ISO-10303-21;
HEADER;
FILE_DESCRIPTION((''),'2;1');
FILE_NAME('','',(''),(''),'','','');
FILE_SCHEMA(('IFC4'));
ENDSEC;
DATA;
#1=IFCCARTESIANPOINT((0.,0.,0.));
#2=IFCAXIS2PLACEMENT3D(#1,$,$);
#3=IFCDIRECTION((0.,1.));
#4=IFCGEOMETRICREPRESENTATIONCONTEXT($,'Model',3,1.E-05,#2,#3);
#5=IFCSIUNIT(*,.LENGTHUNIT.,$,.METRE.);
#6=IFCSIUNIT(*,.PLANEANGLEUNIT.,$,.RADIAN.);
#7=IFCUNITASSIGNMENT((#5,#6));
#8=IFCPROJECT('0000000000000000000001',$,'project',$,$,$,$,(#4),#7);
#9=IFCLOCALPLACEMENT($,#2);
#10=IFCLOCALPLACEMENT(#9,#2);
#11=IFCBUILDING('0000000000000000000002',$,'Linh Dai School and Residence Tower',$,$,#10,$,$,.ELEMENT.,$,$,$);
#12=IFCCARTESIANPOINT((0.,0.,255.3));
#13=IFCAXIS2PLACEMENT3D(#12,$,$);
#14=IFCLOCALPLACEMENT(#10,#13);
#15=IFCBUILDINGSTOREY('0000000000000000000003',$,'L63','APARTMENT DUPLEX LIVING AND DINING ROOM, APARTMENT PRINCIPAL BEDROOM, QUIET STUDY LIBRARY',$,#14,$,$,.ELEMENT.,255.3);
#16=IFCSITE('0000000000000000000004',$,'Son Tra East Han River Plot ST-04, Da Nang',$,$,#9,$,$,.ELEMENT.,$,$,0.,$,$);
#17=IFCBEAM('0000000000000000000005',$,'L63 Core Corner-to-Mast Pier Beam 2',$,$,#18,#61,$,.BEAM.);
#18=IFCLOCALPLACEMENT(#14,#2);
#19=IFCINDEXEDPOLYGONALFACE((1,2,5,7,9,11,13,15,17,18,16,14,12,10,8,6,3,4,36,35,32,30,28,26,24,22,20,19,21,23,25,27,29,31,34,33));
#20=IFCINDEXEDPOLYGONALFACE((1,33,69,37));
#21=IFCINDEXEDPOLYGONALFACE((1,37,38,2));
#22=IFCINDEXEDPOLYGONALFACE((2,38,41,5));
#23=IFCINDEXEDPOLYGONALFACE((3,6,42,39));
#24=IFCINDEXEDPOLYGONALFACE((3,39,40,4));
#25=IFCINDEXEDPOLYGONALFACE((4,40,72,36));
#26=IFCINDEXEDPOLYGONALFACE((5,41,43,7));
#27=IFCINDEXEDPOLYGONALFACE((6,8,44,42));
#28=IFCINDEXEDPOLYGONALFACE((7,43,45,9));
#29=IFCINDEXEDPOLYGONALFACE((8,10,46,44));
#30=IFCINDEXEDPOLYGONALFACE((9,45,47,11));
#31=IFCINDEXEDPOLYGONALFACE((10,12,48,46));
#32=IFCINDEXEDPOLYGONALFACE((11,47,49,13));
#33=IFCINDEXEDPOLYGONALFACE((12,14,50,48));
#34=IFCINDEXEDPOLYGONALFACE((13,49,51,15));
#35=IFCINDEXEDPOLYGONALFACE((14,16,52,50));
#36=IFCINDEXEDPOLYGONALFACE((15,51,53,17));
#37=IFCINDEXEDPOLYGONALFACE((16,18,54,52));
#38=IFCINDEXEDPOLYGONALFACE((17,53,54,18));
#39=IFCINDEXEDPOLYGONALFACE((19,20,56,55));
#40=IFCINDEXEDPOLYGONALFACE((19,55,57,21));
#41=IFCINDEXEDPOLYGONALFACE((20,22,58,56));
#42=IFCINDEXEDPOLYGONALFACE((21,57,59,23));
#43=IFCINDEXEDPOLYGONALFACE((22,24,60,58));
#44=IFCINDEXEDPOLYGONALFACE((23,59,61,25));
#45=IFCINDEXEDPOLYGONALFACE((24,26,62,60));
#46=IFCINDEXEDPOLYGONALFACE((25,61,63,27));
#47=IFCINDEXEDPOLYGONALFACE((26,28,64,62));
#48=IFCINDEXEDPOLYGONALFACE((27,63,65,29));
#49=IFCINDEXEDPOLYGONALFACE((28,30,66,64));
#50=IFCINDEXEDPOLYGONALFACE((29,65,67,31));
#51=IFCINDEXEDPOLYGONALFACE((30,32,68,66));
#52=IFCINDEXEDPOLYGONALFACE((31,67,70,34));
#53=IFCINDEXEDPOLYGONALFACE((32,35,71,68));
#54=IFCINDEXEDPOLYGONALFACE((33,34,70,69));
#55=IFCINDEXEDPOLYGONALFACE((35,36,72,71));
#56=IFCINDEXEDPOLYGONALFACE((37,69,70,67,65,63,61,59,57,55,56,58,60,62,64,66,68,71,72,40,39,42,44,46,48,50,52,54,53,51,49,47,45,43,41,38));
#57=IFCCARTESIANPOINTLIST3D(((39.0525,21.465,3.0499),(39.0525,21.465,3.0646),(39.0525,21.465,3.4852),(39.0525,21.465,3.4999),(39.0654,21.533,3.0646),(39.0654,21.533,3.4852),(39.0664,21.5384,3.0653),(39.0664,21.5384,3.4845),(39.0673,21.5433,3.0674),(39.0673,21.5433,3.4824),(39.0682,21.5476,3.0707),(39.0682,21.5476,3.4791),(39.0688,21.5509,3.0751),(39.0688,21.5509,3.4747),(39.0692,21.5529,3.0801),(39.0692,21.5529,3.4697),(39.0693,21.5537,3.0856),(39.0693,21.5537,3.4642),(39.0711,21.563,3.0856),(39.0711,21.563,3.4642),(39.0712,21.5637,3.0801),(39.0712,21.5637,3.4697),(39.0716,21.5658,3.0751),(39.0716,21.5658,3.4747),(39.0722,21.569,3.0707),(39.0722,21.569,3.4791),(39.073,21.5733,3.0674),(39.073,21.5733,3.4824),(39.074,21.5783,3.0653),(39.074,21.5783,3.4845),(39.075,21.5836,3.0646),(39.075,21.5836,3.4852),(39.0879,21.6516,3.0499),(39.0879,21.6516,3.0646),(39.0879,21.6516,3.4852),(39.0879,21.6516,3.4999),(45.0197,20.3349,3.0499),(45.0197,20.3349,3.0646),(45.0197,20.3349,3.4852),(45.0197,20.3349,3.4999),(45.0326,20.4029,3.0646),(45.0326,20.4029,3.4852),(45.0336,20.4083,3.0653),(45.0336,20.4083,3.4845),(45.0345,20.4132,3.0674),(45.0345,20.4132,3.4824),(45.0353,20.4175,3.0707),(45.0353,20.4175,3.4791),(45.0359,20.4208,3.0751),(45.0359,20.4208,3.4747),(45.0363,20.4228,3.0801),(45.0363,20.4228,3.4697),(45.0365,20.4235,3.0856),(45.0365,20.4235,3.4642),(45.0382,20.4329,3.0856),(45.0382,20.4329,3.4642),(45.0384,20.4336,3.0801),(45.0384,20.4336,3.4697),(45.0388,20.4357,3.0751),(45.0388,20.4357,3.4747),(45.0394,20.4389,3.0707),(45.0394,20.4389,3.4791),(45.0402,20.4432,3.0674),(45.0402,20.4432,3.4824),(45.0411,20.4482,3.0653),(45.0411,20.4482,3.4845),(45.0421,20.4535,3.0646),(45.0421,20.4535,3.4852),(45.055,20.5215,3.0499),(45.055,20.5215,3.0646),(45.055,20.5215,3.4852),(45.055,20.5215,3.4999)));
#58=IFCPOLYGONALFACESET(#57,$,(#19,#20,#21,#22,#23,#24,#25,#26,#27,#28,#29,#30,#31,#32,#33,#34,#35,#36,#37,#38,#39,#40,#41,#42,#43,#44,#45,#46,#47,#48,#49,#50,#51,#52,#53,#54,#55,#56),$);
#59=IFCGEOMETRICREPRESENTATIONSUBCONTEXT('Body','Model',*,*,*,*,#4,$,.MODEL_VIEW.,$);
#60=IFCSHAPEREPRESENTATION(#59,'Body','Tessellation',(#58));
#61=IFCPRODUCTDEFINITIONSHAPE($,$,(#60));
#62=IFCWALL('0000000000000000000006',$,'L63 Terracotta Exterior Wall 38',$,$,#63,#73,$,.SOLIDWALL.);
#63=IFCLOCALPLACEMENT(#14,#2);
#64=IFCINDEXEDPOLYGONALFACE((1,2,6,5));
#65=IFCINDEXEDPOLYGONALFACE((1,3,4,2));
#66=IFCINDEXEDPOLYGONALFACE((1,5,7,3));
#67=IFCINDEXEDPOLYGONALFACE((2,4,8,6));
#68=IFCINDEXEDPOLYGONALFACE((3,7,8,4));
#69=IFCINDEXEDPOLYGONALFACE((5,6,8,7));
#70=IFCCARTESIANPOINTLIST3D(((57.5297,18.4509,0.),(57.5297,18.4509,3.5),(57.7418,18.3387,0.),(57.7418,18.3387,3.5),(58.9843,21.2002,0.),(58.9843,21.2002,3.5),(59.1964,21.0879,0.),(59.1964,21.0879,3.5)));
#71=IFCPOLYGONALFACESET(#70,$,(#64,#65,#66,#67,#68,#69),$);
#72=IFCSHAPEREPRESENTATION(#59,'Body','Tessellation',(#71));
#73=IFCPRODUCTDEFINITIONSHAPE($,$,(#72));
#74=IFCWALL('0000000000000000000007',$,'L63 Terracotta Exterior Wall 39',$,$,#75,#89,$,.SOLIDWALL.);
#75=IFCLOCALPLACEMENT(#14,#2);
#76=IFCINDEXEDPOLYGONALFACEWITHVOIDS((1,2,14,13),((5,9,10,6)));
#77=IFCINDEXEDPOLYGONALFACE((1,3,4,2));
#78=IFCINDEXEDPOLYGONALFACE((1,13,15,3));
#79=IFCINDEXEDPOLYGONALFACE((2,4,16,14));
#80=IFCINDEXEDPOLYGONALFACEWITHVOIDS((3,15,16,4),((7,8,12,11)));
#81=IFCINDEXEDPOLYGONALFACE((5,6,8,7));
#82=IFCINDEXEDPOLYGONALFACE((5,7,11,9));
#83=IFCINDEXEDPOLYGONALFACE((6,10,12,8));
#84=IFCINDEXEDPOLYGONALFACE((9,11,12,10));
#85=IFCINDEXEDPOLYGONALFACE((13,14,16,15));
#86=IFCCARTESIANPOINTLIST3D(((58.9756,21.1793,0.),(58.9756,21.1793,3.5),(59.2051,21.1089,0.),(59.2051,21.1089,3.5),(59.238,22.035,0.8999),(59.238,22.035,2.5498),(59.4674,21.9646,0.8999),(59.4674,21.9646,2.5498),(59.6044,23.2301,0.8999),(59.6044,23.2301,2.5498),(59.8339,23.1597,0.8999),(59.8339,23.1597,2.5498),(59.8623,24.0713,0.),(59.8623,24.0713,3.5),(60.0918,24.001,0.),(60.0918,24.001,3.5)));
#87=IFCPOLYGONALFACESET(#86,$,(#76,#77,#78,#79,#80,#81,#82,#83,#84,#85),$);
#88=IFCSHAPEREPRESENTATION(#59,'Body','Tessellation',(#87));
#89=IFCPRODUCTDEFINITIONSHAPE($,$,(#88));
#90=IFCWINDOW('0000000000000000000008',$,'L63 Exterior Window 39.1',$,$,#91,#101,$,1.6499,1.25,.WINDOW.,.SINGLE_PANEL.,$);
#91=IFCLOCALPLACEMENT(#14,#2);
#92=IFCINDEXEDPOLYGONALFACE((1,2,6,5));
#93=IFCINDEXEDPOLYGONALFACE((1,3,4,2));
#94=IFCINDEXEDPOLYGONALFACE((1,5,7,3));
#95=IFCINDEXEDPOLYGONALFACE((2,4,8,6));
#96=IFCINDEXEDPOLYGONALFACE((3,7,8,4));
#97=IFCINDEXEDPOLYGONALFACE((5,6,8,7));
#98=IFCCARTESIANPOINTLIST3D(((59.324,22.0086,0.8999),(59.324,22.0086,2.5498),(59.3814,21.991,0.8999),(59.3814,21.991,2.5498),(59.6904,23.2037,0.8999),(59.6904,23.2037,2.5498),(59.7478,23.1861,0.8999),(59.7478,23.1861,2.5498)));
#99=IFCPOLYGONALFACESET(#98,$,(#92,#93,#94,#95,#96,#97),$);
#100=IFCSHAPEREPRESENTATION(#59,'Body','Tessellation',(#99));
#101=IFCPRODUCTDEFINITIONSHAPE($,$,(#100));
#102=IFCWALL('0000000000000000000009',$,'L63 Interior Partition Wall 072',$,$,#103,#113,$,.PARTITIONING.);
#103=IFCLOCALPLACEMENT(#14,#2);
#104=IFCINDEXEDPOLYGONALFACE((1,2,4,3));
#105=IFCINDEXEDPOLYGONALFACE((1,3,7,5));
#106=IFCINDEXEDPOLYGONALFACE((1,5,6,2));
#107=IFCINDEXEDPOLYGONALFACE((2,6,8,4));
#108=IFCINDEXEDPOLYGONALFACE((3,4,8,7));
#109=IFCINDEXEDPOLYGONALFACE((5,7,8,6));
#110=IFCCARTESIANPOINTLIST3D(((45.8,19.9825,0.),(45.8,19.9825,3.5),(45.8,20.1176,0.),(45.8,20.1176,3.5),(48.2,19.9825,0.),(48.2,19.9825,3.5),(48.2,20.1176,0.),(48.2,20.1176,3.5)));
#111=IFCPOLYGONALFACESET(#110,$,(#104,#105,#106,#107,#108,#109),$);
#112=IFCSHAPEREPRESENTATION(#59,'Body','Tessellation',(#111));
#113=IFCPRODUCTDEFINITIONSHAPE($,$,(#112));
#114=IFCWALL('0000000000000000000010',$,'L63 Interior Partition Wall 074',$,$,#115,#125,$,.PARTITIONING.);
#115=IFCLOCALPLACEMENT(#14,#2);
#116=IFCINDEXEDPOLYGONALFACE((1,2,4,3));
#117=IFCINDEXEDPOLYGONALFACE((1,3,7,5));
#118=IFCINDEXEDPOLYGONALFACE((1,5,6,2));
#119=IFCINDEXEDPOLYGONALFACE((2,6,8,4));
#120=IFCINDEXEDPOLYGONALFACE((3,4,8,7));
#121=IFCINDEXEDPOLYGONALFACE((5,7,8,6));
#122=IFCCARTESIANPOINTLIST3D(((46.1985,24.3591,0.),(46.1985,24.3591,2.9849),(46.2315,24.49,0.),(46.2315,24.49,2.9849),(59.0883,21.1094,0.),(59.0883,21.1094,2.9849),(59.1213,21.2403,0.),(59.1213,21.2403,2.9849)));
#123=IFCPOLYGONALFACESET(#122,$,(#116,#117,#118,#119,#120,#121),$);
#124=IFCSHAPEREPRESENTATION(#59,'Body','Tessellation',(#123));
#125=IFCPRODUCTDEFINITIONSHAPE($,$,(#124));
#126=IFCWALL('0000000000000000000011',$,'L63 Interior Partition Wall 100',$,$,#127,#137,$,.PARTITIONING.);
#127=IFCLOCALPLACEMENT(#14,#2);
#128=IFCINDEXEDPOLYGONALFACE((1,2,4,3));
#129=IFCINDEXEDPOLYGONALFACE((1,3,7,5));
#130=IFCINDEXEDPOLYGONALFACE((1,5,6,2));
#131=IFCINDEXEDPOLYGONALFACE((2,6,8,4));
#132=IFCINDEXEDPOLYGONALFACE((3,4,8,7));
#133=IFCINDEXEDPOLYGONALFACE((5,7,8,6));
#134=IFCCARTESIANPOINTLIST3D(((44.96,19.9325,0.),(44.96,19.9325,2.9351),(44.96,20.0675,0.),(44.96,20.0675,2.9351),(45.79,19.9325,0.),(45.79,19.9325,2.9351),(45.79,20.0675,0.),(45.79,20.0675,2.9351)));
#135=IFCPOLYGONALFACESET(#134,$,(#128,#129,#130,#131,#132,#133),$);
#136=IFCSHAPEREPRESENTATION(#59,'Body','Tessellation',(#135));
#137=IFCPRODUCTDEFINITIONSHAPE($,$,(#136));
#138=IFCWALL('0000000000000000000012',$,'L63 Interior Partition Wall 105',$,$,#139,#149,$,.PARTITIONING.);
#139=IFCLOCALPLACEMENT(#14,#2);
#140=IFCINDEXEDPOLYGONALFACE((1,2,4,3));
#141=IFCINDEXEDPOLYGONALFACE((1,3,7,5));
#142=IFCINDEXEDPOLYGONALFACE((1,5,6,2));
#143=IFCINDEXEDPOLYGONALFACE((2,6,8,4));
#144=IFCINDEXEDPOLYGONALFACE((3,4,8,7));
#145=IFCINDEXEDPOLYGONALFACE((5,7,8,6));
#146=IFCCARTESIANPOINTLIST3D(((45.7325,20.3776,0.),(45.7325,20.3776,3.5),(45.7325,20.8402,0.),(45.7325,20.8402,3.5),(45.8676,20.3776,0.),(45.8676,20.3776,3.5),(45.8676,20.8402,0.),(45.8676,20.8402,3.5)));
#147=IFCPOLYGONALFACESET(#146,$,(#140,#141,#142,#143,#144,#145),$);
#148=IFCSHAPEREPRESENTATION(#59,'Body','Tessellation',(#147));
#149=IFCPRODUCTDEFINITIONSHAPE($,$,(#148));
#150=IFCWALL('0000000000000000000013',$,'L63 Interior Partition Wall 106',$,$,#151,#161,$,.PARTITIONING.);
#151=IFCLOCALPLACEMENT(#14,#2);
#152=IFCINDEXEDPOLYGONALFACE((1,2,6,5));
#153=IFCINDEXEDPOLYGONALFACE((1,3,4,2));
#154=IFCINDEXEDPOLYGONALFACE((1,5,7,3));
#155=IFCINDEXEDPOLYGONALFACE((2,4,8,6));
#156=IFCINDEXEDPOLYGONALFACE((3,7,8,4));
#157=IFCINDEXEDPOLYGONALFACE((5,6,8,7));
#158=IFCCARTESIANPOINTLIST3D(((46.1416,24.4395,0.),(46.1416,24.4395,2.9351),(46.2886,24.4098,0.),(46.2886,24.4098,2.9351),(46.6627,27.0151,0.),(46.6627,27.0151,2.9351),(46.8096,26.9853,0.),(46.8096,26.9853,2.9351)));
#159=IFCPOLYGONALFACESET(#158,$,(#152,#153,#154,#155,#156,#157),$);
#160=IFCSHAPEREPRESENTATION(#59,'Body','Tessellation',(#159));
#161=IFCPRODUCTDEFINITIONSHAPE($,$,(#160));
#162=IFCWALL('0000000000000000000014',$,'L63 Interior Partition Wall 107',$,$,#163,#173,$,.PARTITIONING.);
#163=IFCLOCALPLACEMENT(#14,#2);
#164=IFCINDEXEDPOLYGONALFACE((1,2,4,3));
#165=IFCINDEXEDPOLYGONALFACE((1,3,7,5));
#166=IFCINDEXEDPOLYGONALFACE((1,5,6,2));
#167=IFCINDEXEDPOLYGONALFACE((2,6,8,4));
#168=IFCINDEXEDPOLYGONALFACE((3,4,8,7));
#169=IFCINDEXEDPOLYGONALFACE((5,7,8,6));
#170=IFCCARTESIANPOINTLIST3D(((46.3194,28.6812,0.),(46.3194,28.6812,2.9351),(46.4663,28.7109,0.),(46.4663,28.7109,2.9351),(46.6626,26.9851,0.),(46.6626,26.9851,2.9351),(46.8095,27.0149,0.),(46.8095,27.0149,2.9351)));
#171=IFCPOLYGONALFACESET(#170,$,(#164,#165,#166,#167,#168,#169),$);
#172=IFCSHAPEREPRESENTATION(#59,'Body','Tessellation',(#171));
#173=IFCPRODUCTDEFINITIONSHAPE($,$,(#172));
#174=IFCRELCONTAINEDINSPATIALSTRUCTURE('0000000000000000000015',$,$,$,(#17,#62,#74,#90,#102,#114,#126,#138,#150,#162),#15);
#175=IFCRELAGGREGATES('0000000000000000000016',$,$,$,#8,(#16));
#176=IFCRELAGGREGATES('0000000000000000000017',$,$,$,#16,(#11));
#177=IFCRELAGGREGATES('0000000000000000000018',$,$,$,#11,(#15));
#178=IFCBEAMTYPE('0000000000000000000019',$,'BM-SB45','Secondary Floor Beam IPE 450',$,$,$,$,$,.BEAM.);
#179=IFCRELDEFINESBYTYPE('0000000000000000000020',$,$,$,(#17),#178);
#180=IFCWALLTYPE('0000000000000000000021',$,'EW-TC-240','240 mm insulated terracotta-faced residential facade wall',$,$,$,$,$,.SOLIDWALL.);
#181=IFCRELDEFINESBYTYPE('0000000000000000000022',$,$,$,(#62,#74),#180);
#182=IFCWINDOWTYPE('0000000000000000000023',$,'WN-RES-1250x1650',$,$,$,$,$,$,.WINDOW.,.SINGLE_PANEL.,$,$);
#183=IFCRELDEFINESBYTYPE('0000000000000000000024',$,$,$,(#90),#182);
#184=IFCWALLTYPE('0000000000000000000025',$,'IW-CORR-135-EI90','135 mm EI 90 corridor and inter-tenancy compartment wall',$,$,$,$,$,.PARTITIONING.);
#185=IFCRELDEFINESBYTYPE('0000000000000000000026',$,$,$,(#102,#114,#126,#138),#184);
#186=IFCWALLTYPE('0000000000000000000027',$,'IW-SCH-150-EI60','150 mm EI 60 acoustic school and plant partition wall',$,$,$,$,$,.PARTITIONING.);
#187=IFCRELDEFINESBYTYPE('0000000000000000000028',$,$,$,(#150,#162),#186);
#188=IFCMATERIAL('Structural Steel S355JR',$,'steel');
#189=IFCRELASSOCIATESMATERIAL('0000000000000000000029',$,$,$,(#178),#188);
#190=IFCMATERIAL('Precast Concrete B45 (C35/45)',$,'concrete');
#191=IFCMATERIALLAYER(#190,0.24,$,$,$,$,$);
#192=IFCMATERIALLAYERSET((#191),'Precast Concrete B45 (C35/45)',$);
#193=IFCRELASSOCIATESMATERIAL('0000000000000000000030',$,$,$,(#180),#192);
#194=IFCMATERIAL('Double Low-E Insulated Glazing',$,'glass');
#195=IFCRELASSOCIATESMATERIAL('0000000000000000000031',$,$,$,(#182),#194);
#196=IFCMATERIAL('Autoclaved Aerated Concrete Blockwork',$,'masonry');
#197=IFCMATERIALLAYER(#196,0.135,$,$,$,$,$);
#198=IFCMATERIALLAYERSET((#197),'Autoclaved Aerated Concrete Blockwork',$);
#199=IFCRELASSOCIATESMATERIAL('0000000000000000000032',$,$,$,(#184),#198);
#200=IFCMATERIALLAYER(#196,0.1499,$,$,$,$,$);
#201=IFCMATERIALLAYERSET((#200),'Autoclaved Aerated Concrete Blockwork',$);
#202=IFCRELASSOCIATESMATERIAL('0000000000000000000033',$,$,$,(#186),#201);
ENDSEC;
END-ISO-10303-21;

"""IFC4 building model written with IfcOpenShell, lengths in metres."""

from ifc_helpers import new_model, si_unit, direction, frame, frame_2d, origin, origin_2d, place, context, subcontext, project, spatial, rectangle, i_section, extrude, source, transform, mapped, material, layer, layer_set, material_profile, profile_set, type_object, element, fill, save


model = new_model("IFC4")

# Units and contexts
model_context = context("Model", 3, precision=1e-05, world=origin(), true_north=direction((0.0, 1.0)))
body_context = subcontext(model_context, "Body", "Model", "MODEL_VIEW")
ifc_project = project(units=[si_unit("LENGTHUNIT", "METRE"), si_unit("PLANEANGLEUNIT", "RADIAN")], contexts=[model_context])

# Site, building, storey
site_placement = place(None, origin())
site = spatial("IfcSite", under=ifc_project, at=site_placement, Name="Son Tra East Han River Plot ST-04, Da Nang", CompositionType="ELEMENT", RefElevation=0.0)
building_placement = place(site_placement, origin())
building = spatial("IfcBuilding", under=site, at=building_placement, Name="Linh Dai School and Residence Tower", CompositionType="ELEMENT")
storey_placement = place(building_placement, frame((0.0, 0.0, 255.3)))
storey = spatial("IfcBuildingStorey", under=building, at=storey_placement, Name="L63", Description="APARTMENT DUPLEX LIVING AND DINING ROOM, APARTMENT PRINCIPAL BEDROOM, QUIET STUDY LIBRARY", CompositionType="ELEMENT", Elevation=255.3)

# Shared definitions
ifc_material_1 = material(Name="Structural Steel S355JR", Category="steel")

# Beam
ifc_material_profile_1 = material_profile(ifc_material_1, i_section(OverallWidth=0.1899, OverallDepth=0.45, WebThickness=0.0095, FlangeThickness=0.0146, FilletRadius=0.021, at=origin_2d()), Name="IPE 450")
ifc_profile_set_1 = profile_set([ifc_material_profile_1], Name="Structural Steel S355JR")
beam_type_1 = type_object("IfcBeamType", Name="BM-SB45", Description="Secondary Floor Beam IPE 450", PredefinedType="BEAM", material=ifc_profile_set_1)
beam_1_placement = place(storey_placement, frame((45.0374, 20.4282, 3.2749), z_axis=(-0.982535, 0.186079, 0.0), x_axis=(-0.186079, -0.982535, 0.0)))
element("IfcBeam", 1, at=beam_1_placement, inside=storey, type_object=beam_type_1, Name="L63 Core Corner-to-Mast Pier Beam 2", PredefinedType="BEAM", context=body_context, shape_type="SweptSolid", body=[
    extrude(i_section(OverallWidth=0.1899, OverallDepth=0.45, WebThickness=0.0095, FlangeThickness=0.0146, FilletRadius=0.021, at=origin_2d()), origin(), (0.0, 0.0, 1.0), 6.0732),
])

# Wall
ifc_material_2 = material(Name="Precast Concrete B45 (C35/45)", Category="concrete")
ifc_layer_1 = layer(ifc_material_2, 0.24)
ifc_layer_set_1 = layer_set([ifc_layer_1], Name="Precast Concrete B45 (C35/45)")
wall_type_1 = type_object("IfcWallType", Name="EW-TC-240", Description="240 mm insulated terracotta-faced residential facade wall", PredefinedType="SOLIDWALL", material=ifc_layer_set_1)
wall_1_placement = place(storey_placement, frame((59.0903, 21.144, 0.0), z_axis=(0.0, 0.0, 1.0), x_axis=(-0.46766, -0.883908, 0.0)))
element("IfcWall", 2, at=wall_1_placement, inside=storey, type_object=wall_type_1, Name="L63 Terracotta Exterior Wall 38", PredefinedType="SOLIDWALL", context=body_context, shape_type="SweptSolid", body=[
    extrude(rectangle(XDim=3.1104, YDim=0.24, at=frame_2d((1.5552, 0.0))), origin(), (0.0, 0.0, 1.0), 3.5),
])

# Wall, opening, window
wall_2_placement = place(storey_placement, frame((59.9771, 24.0361, 0.0), z_axis=(0.0, 0.0, 1.0), x_axis=(-0.293133, -0.956072, 0.0)))
wall_2 = element("IfcWall", 3, at=wall_2_placement, inside=storey, type_object=wall_type_1, Name="L63 Terracotta Exterior Wall 39", PredefinedType="SOLIDWALL", context=body_context, shape_type="SweptSolid", body=[
    extrude(rectangle(XDim=3.0249, YDim=0.24, at=frame_2d((1.5125, 0.0))), origin(), (0.0, 0.0, 1.0), 3.5),
])
opening_1_placement = place(wall_2_placement, frame((0.8799, 0.0, 0.8999)))
opening_1 = element("IfcOpeningElement", 4, at=opening_1_placement, cuts=wall_2, PredefinedType="OPENING", context=body_context, shape_type="SweptSolid", body=[
    extrude(rectangle(XDim=1.25, YDim=1.6499, at=origin_2d()), frame((0.625, 0.1299, 0.825), z_axis=(0.0, -1.0, 0.0), x_axis=(1.0, 0.0, 0.0)), (0.0, 0.0, 1.0), 0.26),
])
ifc_material_3 = material(Name="Double Low-E Insulated Glazing", Category="glass")
window_type = type_object("IfcWindowType", Name="WN-RES-1250x1650", PartitioningType="SINGLE_PANEL", PredefinedType="WINDOW", material=ifc_material_3)
shared_shape_1 = source(origin(), body_context, "Body", "SweptSolid", [
    extrude(rectangle(XDim=1.25, YDim=1.6499, at=origin_2d()), frame((0.625, 0.03, 0.825), z_axis=(0.0, -1.0, 0.0), x_axis=(1.0, 0.0, 0.0)), (0.0, 0.0, 1.0), 0.0601),
])
window_placement = place(opening_1_placement, origin())
window = element("IfcWindow", 5, at=window_placement, inside=storey, type_object=window_type, Name="L63 Exterior Window 39.1", OverallHeight=1.6499, OverallWidth=1.25, PartitioningType="SINGLE_PANEL", PredefinedType="WINDOW", context=body_context, shape_type="MappedRepresentation", body=[
    mapped(shared_shape_1, transform((0.0, 0.0, 0.0), x_axis=(1.0, 0.0, 0.0), y_axis=(0.0, 1.0, 0.0), z_axis=(0.0, 0.0, 1.0), scale=1.0)),
])
fill(opening_1, window)

# Walls
ifc_material_4 = material(Name="Autoclaved Aerated Concrete Blockwork", Category="masonry")
ifc_layer_2 = layer(ifc_material_4, 0.135)
ifc_layer_set_2 = layer_set([ifc_layer_2], Name="Autoclaved Aerated Concrete Blockwork")
wall_type_2 = type_object("IfcWallType", Name="IW-CORR-135-EI90", Description="135 mm EI 90 corridor and inter-tenancy compartment wall", PredefinedType="PARTITIONING", material=ifc_layer_set_2)
wall_3_placement = place(storey_placement, frame((45.8, 20.05, 0.0), z_axis=(0.0, 0.0, 1.0), x_axis=(1.0, 0.0, 0.0)))
element("IfcWall", 6, at=wall_3_placement, inside=storey, type_object=wall_type_2, Name="L63 Interior Partition Wall 072", PredefinedType="PARTITIONING", context=body_context, shape_type="SweptSolid", body=[
    extrude(rectangle(XDim=2.3999, YDim=0.135, at=frame_2d((1.2, 0.0))), origin(), (0.0, 0.0, 1.0), 3.5),
])
wall_4_placement = place(storey_placement, frame((46.2151, 24.4246, 0.0), z_axis=(0.0, 0.0, 1.0), x_axis=(0.969658, -0.244467, 0.0)))
element("IfcWall", 7, at=wall_4_placement, inside=storey, type_object=wall_type_2, Name="L63 Interior Partition Wall 074", PredefinedType="PARTITIONING", context=body_context, shape_type="SweptSolid", body=[
    extrude(rectangle(XDim=13.2932, YDim=0.135, at=frame_2d((6.6465, 0.0))), origin(), (0.0, 0.0, 1.0), 2.9849),
])
wall_5_placement = place(storey_placement, frame((44.96, 20.0, 0.0), z_axis=(0.0, 0.0, 1.0), x_axis=(1.0, 0.0, 0.0)))
element("IfcWall", 8, at=wall_5_placement, inside=storey, type_object=wall_type_2, Name="L63 Interior Partition Wall 100", PredefinedType="PARTITIONING", context=body_context, shape_type="SweptSolid", body=[
    extrude(rectangle(XDim=0.8301, YDim=0.135, at=frame_2d((0.415, 0.0))), origin(), (0.0, 0.0, 1.0), 2.9351),
])
wall_6_placement = place(storey_placement, frame((45.8, 20.3774, 0.0), z_axis=(0.0, 0.0, 1.0), x_axis=(0.0, 1.0, 0.0)))
element("IfcWall", 9, at=wall_6_placement, inside=storey, type_object=wall_type_2, Name="L63 Interior Partition Wall 105", PredefinedType="PARTITIONING", context=body_context, shape_type="SweptSolid", body=[
    extrude(rectangle(XDim=0.4626, YDim=0.135, at=frame_2d((0.2314, 0.0))), origin(), (0.0, 0.0, 1.0), 3.5),
])
ifc_layer_3 = layer(ifc_material_4, 0.1499)
ifc_layer_set_3 = layer_set([ifc_layer_3], Name="Autoclaved Aerated Concrete Blockwork")
wall_type_3 = type_object("IfcWallType", Name="IW-SCH-150-EI60", Description="150 mm EI 60 acoustic school and plant partition wall", PredefinedType="PARTITIONING", material=ifc_layer_set_3)
wall_7_placement = place(storey_placement, frame((46.2151, 24.4246, 0.0), z_axis=(0.0, 0.0, 1.0), x_axis=(0.198278, 0.980146, 0.0)))
element("IfcWall", 10, at=wall_7_placement, inside=storey, type_object=wall_type_3, Name="L63 Interior Partition Wall 106", PredefinedType="PARTITIONING", context=body_context, shape_type="SweptSolid", body=[
    extrude(rectangle(XDim=2.6277, YDim=0.1499, at=frame_2d((1.314, 0.0))), origin(), (0.0, 0.0, 1.0), 2.9351),
])
wall_8_placement = place(storey_placement, frame((46.7361, 27.0, 0.0), z_axis=(0.0, 0.0, 1.0), x_axis=(-0.198368, 0.980128, 0.0)))
element("IfcWall", 11, at=wall_8_placement, inside=storey, type_object=wall_type_3, Name="L63 Interior Partition Wall 107", PredefinedType="PARTITIONING", context=body_context, shape_type="SweptSolid", body=[
    extrude(rectangle(XDim=1.7305, YDim=0.1499, at=frame_2d((0.8652, 0.0))), origin(), (0.0, 0.0, 1.0), 2.9351),
])

save(model, "model.ifc")
